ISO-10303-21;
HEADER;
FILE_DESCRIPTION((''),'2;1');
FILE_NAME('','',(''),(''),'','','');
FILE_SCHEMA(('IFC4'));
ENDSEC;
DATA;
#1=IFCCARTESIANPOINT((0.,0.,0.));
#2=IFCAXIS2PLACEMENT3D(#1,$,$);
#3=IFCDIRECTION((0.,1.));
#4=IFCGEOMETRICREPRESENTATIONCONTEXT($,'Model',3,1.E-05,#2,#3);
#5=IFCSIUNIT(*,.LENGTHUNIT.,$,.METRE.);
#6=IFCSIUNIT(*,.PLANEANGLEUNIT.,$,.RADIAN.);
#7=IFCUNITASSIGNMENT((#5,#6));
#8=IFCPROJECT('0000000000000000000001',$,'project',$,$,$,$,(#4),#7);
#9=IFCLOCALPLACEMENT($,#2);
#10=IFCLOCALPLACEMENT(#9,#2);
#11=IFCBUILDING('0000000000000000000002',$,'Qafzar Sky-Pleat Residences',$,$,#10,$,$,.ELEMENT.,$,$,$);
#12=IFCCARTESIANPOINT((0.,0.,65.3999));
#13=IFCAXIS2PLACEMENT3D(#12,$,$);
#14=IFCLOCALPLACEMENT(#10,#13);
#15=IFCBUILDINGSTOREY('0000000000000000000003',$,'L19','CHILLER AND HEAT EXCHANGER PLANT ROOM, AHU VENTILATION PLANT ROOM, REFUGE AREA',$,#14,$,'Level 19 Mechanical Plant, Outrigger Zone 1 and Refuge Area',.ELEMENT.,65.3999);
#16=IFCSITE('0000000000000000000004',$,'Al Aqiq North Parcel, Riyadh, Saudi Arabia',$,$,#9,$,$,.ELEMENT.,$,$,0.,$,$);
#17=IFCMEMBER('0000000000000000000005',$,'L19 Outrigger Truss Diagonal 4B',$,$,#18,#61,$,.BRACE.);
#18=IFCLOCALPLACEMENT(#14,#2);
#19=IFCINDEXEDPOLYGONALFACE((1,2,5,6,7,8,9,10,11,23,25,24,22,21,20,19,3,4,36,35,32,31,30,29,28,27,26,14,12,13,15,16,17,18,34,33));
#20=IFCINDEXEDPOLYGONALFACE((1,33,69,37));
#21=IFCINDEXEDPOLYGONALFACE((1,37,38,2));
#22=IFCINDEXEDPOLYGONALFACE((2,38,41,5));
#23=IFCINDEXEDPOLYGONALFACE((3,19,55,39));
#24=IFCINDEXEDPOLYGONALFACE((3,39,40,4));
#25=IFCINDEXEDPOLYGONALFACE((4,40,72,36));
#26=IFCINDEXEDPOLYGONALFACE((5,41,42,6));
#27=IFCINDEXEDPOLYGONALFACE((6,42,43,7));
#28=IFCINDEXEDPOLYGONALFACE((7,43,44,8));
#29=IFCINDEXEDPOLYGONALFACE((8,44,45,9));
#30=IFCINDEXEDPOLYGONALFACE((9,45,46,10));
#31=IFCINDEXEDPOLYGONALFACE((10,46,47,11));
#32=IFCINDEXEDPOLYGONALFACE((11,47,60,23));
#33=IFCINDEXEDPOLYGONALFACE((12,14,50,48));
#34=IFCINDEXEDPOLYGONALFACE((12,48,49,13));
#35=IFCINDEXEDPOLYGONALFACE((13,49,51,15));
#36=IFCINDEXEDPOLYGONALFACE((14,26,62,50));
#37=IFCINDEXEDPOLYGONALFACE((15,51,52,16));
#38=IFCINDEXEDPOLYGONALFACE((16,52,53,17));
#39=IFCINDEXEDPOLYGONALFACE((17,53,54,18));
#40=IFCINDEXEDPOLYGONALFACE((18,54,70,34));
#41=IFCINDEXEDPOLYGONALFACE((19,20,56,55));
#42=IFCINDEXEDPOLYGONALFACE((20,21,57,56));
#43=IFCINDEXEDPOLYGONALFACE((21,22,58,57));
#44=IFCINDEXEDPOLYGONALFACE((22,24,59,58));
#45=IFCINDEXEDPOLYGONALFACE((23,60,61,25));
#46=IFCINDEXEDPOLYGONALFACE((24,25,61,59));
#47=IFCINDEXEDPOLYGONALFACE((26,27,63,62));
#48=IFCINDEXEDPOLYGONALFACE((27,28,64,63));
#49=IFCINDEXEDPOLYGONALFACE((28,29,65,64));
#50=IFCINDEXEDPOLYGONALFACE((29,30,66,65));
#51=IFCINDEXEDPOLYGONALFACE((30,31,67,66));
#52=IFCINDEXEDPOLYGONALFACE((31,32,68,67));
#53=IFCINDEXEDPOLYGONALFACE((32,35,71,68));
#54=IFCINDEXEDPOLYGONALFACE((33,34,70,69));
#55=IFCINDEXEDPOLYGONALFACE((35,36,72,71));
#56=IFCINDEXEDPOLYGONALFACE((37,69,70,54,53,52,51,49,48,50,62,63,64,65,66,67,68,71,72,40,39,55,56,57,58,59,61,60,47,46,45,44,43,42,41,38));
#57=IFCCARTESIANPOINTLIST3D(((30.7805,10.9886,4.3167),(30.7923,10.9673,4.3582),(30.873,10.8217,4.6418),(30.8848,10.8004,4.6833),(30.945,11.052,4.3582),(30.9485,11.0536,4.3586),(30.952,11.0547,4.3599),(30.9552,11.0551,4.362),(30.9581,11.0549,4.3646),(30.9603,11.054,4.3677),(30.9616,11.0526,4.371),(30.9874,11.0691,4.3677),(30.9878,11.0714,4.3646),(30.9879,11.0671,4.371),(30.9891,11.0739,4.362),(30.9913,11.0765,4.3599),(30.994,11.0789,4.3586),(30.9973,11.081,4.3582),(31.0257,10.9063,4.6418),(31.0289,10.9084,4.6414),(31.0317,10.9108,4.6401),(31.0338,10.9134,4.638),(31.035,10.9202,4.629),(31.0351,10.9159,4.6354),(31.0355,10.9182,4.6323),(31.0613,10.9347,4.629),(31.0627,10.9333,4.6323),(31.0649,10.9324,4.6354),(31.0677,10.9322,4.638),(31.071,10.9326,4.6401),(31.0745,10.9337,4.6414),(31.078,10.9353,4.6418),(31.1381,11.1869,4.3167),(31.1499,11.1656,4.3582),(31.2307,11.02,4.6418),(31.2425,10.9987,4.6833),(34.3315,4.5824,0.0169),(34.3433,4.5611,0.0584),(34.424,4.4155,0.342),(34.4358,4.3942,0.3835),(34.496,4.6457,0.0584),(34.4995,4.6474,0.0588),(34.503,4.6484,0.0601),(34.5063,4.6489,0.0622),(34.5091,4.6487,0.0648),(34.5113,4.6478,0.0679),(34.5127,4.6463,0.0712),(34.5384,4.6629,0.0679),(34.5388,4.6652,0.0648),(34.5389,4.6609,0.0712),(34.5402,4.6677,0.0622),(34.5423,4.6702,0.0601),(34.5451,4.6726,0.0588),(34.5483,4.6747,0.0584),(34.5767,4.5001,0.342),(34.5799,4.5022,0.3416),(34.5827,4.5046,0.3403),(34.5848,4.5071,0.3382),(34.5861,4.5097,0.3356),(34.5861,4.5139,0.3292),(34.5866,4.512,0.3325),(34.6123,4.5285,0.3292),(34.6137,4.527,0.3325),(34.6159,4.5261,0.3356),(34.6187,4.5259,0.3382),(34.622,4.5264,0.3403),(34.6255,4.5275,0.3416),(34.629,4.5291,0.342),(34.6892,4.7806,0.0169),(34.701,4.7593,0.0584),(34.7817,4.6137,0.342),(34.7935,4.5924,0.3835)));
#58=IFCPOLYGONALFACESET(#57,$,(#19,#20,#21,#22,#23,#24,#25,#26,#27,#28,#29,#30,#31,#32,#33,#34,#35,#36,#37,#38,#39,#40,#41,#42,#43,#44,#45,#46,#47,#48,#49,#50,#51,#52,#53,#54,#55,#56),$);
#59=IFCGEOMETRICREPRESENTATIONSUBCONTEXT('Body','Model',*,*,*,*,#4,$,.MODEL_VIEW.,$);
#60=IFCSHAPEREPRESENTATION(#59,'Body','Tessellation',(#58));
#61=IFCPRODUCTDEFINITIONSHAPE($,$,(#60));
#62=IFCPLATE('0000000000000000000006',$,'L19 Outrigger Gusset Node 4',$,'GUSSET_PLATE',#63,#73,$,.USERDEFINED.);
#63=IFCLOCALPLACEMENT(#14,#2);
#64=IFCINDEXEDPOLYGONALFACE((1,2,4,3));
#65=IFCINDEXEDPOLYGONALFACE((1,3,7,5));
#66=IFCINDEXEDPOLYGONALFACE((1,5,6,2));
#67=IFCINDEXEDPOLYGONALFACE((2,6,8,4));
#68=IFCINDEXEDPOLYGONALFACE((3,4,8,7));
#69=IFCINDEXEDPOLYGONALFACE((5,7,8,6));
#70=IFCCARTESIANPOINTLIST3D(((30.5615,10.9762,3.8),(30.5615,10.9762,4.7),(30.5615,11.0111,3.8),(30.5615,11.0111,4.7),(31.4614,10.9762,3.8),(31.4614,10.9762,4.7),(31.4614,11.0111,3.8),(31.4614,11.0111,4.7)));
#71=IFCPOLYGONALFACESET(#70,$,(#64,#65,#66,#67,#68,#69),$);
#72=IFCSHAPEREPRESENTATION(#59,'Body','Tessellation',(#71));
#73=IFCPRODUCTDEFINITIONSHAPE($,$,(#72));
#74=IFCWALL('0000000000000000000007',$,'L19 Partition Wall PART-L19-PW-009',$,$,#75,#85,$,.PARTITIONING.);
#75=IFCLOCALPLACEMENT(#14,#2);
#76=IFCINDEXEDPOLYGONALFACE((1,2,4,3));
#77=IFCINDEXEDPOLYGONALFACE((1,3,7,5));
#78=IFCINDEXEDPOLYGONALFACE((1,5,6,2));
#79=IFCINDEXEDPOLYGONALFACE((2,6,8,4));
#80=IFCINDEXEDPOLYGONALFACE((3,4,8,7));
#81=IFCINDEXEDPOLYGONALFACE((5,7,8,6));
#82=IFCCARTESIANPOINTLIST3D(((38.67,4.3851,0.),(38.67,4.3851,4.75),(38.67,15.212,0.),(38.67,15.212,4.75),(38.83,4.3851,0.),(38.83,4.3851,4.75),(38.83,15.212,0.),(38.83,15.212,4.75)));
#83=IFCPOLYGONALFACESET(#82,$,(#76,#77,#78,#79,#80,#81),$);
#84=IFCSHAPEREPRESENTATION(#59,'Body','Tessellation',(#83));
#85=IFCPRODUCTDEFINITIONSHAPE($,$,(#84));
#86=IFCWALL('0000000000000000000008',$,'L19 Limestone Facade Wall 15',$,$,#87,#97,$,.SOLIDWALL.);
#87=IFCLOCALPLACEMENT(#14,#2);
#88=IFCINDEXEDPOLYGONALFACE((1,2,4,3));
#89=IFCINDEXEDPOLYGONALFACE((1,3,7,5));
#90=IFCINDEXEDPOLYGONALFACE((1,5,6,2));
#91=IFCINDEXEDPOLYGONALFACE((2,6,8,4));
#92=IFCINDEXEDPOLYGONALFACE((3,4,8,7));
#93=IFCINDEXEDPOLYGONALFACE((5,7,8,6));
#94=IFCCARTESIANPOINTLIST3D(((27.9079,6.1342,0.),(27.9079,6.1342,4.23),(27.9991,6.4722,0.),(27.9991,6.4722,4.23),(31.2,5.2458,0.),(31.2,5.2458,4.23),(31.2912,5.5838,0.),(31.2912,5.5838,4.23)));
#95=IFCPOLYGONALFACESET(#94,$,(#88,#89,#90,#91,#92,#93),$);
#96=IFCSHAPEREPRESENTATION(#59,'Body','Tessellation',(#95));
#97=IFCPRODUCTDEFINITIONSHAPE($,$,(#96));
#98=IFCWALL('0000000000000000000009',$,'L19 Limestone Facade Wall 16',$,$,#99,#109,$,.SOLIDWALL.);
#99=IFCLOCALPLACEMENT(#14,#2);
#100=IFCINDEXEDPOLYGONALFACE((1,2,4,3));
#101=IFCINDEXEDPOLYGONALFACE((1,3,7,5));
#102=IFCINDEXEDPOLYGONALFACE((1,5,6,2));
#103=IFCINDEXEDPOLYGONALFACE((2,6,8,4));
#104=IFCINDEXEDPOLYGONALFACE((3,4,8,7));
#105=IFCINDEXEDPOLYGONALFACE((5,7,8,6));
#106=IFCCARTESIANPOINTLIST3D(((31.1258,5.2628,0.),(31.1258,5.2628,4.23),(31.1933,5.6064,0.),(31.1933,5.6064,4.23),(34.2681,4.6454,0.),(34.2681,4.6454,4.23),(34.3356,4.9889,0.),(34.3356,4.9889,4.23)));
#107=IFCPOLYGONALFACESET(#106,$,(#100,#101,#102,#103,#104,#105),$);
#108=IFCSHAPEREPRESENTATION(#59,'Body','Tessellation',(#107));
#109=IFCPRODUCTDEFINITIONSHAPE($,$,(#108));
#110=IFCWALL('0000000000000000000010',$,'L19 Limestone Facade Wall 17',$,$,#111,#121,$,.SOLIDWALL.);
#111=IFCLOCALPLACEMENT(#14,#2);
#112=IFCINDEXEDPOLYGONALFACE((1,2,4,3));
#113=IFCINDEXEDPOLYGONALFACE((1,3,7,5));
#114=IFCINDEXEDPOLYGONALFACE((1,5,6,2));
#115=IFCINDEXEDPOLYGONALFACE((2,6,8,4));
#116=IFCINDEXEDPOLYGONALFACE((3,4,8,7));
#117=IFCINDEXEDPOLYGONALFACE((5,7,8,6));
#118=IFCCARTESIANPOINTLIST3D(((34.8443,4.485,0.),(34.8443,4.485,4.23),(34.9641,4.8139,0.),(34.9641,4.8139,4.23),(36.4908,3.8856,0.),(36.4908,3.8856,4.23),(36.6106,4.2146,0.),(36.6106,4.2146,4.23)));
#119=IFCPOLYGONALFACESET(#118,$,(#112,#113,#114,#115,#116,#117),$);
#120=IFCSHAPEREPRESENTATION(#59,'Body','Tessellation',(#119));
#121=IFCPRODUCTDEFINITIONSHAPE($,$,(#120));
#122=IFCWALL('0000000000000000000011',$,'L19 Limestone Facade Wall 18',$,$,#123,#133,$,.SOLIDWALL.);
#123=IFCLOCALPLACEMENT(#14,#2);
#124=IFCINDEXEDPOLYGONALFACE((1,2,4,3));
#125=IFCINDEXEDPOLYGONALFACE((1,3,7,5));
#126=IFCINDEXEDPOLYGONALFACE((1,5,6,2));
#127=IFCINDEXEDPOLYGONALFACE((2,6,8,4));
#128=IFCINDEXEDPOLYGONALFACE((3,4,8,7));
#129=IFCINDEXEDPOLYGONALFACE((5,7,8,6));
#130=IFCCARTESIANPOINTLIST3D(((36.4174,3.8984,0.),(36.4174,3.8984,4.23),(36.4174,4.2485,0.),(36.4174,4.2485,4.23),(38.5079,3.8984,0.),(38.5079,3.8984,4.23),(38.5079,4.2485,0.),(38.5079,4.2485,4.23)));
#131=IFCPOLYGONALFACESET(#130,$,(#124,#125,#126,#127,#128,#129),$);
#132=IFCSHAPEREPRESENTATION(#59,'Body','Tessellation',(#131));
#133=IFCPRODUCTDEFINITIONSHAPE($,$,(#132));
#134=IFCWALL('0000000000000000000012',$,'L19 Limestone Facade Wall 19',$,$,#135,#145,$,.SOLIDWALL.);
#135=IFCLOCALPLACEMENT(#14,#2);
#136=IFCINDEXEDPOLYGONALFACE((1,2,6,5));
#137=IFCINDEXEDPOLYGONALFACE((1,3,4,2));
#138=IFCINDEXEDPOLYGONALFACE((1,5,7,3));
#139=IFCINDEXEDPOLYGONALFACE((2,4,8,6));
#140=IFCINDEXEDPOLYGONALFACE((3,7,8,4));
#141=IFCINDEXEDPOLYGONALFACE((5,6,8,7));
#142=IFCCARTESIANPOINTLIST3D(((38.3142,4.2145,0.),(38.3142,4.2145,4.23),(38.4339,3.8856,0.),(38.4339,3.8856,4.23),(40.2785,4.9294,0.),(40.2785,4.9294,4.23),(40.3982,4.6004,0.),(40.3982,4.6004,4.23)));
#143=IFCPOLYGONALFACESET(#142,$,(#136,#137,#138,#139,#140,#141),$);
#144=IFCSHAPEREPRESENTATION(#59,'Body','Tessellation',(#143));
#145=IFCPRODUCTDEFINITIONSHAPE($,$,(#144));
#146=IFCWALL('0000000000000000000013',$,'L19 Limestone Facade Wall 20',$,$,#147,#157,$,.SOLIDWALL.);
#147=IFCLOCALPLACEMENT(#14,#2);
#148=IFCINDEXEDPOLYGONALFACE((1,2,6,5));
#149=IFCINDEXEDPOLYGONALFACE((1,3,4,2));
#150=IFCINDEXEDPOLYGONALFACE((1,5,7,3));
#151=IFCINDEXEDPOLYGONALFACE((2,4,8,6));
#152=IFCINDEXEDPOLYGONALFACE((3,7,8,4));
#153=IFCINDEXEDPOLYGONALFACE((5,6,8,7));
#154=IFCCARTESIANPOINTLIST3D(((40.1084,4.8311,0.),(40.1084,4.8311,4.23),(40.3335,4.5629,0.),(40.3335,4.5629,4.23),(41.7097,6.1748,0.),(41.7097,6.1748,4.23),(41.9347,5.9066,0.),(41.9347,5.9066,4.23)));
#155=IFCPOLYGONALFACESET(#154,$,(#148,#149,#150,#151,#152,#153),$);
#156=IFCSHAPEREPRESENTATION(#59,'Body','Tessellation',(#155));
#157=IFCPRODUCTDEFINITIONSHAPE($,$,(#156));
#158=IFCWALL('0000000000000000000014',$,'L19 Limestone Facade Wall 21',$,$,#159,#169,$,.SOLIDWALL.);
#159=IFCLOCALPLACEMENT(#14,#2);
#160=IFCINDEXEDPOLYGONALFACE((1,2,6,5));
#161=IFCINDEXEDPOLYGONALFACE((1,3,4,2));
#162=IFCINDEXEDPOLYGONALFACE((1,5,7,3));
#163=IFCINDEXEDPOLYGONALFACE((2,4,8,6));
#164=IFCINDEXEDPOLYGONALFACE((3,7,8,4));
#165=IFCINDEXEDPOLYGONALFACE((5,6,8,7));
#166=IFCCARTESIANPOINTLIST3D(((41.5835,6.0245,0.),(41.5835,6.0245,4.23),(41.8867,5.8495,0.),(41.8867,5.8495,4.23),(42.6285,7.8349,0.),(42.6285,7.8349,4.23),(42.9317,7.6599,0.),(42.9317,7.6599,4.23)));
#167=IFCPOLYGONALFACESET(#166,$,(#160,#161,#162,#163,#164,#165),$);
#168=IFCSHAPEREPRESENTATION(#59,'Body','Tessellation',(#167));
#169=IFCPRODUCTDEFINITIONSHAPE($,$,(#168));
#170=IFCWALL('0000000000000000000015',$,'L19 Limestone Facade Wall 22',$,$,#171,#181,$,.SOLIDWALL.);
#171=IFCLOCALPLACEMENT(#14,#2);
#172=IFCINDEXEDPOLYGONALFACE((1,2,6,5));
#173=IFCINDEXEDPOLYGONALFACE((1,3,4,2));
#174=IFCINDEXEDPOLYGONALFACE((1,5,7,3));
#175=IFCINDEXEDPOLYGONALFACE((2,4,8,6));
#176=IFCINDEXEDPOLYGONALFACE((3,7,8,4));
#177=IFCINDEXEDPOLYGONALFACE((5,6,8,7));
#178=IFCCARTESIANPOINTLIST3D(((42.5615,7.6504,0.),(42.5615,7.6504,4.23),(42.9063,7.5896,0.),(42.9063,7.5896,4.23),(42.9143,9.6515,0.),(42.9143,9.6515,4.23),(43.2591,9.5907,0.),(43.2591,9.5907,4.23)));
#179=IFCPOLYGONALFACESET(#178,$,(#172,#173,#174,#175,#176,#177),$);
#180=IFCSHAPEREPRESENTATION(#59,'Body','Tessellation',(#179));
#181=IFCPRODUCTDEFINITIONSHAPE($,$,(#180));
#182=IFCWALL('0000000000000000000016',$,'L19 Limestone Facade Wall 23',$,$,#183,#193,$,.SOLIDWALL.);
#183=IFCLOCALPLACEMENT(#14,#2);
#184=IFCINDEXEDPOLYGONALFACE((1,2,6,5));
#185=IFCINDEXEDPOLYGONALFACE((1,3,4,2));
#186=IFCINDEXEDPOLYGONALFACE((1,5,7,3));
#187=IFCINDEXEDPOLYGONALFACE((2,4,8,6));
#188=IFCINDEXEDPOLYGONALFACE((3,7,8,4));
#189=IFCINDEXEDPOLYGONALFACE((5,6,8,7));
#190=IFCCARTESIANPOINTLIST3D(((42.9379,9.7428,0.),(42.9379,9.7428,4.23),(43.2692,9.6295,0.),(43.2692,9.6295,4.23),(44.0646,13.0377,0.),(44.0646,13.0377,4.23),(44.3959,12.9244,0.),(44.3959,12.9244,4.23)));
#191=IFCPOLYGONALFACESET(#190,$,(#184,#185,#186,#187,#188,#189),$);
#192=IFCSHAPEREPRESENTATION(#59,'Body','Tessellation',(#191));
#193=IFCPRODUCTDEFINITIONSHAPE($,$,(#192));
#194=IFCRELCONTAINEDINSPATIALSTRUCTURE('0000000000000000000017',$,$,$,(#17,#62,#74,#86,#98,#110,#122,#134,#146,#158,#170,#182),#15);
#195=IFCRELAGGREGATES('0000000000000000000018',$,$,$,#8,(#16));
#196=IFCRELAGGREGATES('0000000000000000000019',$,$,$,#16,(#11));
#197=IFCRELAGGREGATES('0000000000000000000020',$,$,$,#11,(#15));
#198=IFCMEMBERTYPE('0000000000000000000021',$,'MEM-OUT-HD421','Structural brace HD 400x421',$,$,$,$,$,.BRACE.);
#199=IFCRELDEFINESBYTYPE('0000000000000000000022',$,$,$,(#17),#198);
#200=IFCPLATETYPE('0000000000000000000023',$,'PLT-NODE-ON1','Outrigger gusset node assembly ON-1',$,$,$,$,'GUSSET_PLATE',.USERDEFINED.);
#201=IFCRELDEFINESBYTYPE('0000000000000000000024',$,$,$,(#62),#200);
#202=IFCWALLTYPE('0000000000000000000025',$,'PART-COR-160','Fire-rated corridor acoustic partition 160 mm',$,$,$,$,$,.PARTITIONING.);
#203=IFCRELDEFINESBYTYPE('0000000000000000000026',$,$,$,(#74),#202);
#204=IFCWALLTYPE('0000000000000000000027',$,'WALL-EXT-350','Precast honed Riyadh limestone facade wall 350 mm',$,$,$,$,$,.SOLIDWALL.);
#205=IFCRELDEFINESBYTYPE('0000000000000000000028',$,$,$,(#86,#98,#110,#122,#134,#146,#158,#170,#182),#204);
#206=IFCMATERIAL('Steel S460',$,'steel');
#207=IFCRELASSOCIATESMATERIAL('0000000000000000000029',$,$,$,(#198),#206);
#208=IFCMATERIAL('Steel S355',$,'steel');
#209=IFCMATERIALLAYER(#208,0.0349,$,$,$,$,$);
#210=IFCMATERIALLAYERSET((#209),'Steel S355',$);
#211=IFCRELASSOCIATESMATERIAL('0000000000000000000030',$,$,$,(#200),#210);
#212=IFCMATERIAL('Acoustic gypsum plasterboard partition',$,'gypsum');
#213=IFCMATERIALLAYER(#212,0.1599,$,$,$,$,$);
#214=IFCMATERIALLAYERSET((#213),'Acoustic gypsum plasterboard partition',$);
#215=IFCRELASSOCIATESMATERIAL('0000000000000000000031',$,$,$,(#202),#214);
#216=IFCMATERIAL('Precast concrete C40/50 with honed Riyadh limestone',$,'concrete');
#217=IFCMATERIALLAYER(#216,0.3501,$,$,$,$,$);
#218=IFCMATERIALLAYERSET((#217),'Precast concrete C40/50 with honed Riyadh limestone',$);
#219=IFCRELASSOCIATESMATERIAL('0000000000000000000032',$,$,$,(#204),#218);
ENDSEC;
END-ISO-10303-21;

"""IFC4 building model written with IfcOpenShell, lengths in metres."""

from ifc_helpers import new_model, si_unit, direction, frame, frame_2d, origin, origin_2d, place, context, subcontext, project, spatial, rectangle, i_section, extrude, source, transform, mapped, material, layer, layer_set, material_profile, profile_set, type_object, element, save


model = new_model("IFC4")

# Units and contexts
model_context = context("Model", 3, precision=1e-05, world=origin(), true_north=direction((0.0, 1.0)))
body_context = subcontext(model_context, "Body", "Model", "MODEL_VIEW")
ifc_project = project(units=[si_unit("LENGTHUNIT", "METRE"), si_unit("PLANEANGLEUNIT", "RADIAN")], contexts=[model_context])

# Site, building, storey
site_placement = place(None, origin())
site = spatial("IfcSite", under=ifc_project, at=site_placement, Name="Al Aqiq North Parcel, Riyadh, Saudi Arabia", CompositionType="ELEMENT", RefElevation=0.0)
building_placement = place(site_placement, origin())
building = spatial("IfcBuilding", under=site, at=building_placement, Name="Qafzar Sky-Pleat Residences", CompositionType="ELEMENT")
storey_placement = place(building_placement, frame((0.0, 0.0, 65.3999)))
storey = spatial("IfcBuildingStorey", under=building, at=storey_placement, Name="L19", Description="CHILLER AND HEAT EXCHANGER PLANT ROOM, AHU VENTILATION PLANT ROOM, REFUGE AREA", LongName="Level 19 Mechanical Plant, Outrigger Zone 1 and Refuge Area", CompositionType="ELEMENT", Elevation=65.3999)

# Shared definitions
ifc_material_1 = material(Name="Steel S460", Category="steel")

# Shared definitions
ifc_material_2 = material(Name="Steel S355", Category="steel")

# Member
ifc_material_profile_1 = material_profile(ifc_material_1, i_section(OverallWidth=0.4089, OverallDepth=0.425, WebThickness=0.03, FlangeThickness=0.0481, FilletRadius=0.0149, at=origin_2d()), Name="HD 400x421")
ifc_profile_set_1 = profile_set([ifc_material_profile_1], Name="Steel S460")
member_type_1 = type_object("IfcMemberType", Name="MEM-OUT-HD421", Description="Structural brace HD 400x421", PredefinedType="BRACE", material=ifc_profile_set_1)
shared_shape_1 = source(origin(), body_context, "Body", "SweptSolid", [
    extrude(i_section(OverallWidth=0.4089, OverallDepth=0.425, WebThickness=0.03, FlangeThickness=0.0481, FilletRadius=0.0149, at=origin_2d()), origin(), (0.0, 0.0, 1.0), 8.4934),
])
member_placement = place(storey_placement, frame((31.0115, 10.9937, 4.5), z_axis=(0.418091, -0.754261, -0.506251), x_axis=(0.874621, 0.484808, 0.0)))
element("IfcMember", 1, at=member_placement, inside=storey, type_object=member_type_1, Name="L19 Outrigger Truss Diagonal 4B", PredefinedType="BRACE", context=body_context, shape_type="MappedRepresentation", body=[
    mapped(shared_shape_1, transform((0.0, 0.0, 0.0), x_axis=(1.0, 0.0, 0.0), y_axis=(0.0, 1.0, 0.0), z_axis=(0.0, 0.0, 1.0), scale=1.0)),
])

# Plate
ifc_layer_1 = layer(ifc_material_2, 0.0349)
ifc_layer_set_1 = layer_set([ifc_layer_1], Name="Steel S355")
plate_type = type_object("IfcPlateType", Name="PLT-NODE-ON1", Description="Outrigger gusset node assembly ON-1", ElementType="GUSSET_PLATE", PredefinedType="USERDEFINED", material=ifc_layer_set_1)
shared_shape_2 = source(origin(), body_context, "Body", "SweptSolid", [
    extrude(rectangle(XDim=0.8999, YDim=0.0349, at=origin_2d()), origin(), (0.0, 0.0, 1.0), 0.8999),
])
plate_placement = place(storey_placement, frame((31.0115, 10.9937, 3.8), z_axis=(0.0, 0.0, 1.0), x_axis=(1.0, 0.0, 0.0)))
element("IfcPlate", 2, at=plate_placement, inside=storey, type_object=plate_type, Name="L19 Outrigger Gusset Node 4", ObjectType="GUSSET_PLATE", PredefinedType="USERDEFINED", context=body_context, shape_type="MappedRepresentation", body=[
    mapped(shared_shape_2, transform((0.0, 0.0, 0.0), x_axis=(1.0, 0.0, 0.0), y_axis=(0.0, 1.0, 0.0), z_axis=(0.0, 0.0, 1.0), scale=1.0)),
])

# Walls
ifc_material_3 = material(Name="Acoustic gypsum plasterboard partition", Category="gypsum")
ifc_layer_2 = layer(ifc_material_3, 0.1599)
ifc_layer_set_2 = layer_set([ifc_layer_2], Name="Acoustic gypsum plasterboard partition")
wall_type_1 = type_object("IfcWallType", Name="PART-COR-160", Description="Fire-rated corridor acoustic partition 160 mm", PredefinedType="PARTITIONING", material=ifc_layer_set_2)
wall_1_placement = place(storey_placement, frame((38.75, 4.385, 0.0), z_axis=(0.0, 0.0, 1.0), x_axis=(0.0, 1.0, 0.0)))
element("IfcWall", 3, at=wall_1_placement, inside=storey, type_object=wall_type_1, Name="L19 Partition Wall PART-L19-PW-009", PredefinedType="PARTITIONING", context=body_context, shape_type="SweptSolid", body=[
    extrude(rectangle(XDim=10.8269, YDim=0.1599, at=frame_2d((5.4136, 0.0))), origin(), (0.0, 0.0, 1.0), 4.75),
])
ifc_material_4 = material(Name="Precast concrete C40/50 with honed Riyadh limestone", Category="concrete")
ifc_layer_3 = layer(ifc_material_4, 0.3501)
ifc_layer_set_3 = layer_set([ifc_layer_3], Name="Precast concrete C40/50 with honed Riyadh limestone")
wall_type_2 = type_object("IfcWallType", Name="WALL-EXT-350", Description="Precast honed Riyadh limestone facade wall 350 mm", PredefinedType="SOLIDWALL", material=ifc_layer_set_3)
wall_2_placement = place(storey_placement, frame((27.9534, 6.3032, 0.0), z_axis=(0.0, 0.0, 1.0), x_axis=(0.965464, -0.260536, 0.0)))
element("IfcWall", 4, at=wall_2_placement, inside=storey, type_object=wall_type_2, Name="L19 Limestone Facade Wall 15", PredefinedType="SOLIDWALL", context=body_context, shape_type="SweptSolid", body=[
    extrude(rectangle(XDim=3.4099, YDim=0.3501, at=frame_2d((1.7051, 0.0))), origin(), (0.0, 0.0, 1.0), 4.23),
])
wall_3_placement = place(storey_placement, frame((31.1597, 5.4346, 0.0), z_axis=(0.0, 0.0, 1.0), x_axis=(0.981238, -0.192802, 0.0)))
element("IfcWall", 5, at=wall_3_placement, inside=storey, type_object=wall_type_2, Name="L19 Limestone Facade Wall 16", PredefinedType="SOLIDWALL", context=body_context, shape_type="SweptSolid", body=[
    extrude(rectangle(XDim=3.2024, YDim=0.3501, at=frame_2d((1.6011, 0.0))), origin(), (0.0, 0.0, 1.0), 4.23),
])
wall_4_placement = place(storey_placement, frame((34.9043, 4.6494, 0.0), z_axis=(0.0, 0.0, 1.0), x_axis=(0.939675, -0.342067, 0.0)))
element("IfcWall", 6, at=wall_4_placement, inside=storey, type_object=wall_type_2, Name="L19 Limestone Facade Wall 17", PredefinedType="SOLIDWALL", context=body_context, shape_type="SweptSolid", body=[
    extrude(rectangle(XDim=1.7522, YDim=0.3501, at=frame_2d((0.876, 0.0))), origin(), (0.0, 0.0, 1.0), 4.23),
])
wall_5_placement = place(storey_placement, frame((36.4172, 4.0735, 0.0), z_axis=(0.0, 0.0, 1.0), x_axis=(1.0, 0.0, 0.0)))
element("IfcWall", 7, at=wall_5_placement, inside=storey, type_object=wall_type_2, Name="L19 Limestone Facade Wall 18", PredefinedType="SOLIDWALL", context=body_context, shape_type="SweptSolid", body=[
    extrude(rectangle(XDim=2.0906, YDim=0.3501, at=frame_2d((1.0454, 0.0))), origin(), (0.0, 0.0, 1.0), 4.23),
])
for number, where, z_axis, x_axis, name in (
    (8, (38.374, 4.05, 0.0), (0.0, 0.0, 1.0), (0.939712, 0.341968, 0.0), "L19 Limestone Facade Wall 19"),
    (9, (40.2209, 4.697, 0.0), (0.0, 0.0, 1.0), (0.766025, 0.642811, 0.0), "L19 Limestone Facade Wall 20"),
    (10, (41.7351, 5.937, 0.0), (0.0, 0.0, 1.0), (0.499908, 0.866079, 0.0), "L19 Limestone Facade Wall 21"),
):
    element("IfcWall", number, at=place(storey_placement, frame(where, z_axis=z_axis, x_axis=x_axis)), inside=storey, type_object=wall_type_2, Name=name, PredefinedType="SOLIDWALL", context=body_context, shape_type="SweptSolid", body=[
        extrude(rectangle(XDim=2.0903, YDim=0.3501, at=frame_2d((1.0452, 0.0))), origin(), (0.0, 0.0, 1.0), 4.23),
    ])
wall_6_placement = place(storey_placement, frame((42.7339, 7.6199, 0.0), z_axis=(0.0, 0.0, 1.0), x_axis=(0.173607, 0.984815, 0.0)))
element("IfcWall", 11, at=wall_6_placement, inside=storey, type_object=wall_type_2, Name="L19 Limestone Facade Wall 22", PredefinedType="SOLIDWALL", context=body_context, shape_type="SweptSolid", body=[
    extrude(rectangle(XDim=2.032, YDim=0.3501, at=frame_2d((1.0161, 0.0))), origin(), (0.0, 0.0, 1.0), 4.23),
])
wall_7_placement = place(storey_placement, frame((43.1035, 9.686, 0.0), z_axis=(0.0, 0.0, 1.0), x_axis=(0.323559, 0.946208, 0.0)))
element("IfcWall", 12, at=wall_7_placement, inside=storey, type_object=wall_type_2, Name="L19 Limestone Facade Wall 23", PredefinedType="SOLIDWALL", context=body_context, shape_type="SweptSolid", body=[
    extrude(rectangle(XDim=3.4822, YDim=0.3501, at=frame_2d((1.7412, 0.0))), origin(), (0.0, 0.0, 1.0), 4.23),
])

save(model, "model.ifc")
